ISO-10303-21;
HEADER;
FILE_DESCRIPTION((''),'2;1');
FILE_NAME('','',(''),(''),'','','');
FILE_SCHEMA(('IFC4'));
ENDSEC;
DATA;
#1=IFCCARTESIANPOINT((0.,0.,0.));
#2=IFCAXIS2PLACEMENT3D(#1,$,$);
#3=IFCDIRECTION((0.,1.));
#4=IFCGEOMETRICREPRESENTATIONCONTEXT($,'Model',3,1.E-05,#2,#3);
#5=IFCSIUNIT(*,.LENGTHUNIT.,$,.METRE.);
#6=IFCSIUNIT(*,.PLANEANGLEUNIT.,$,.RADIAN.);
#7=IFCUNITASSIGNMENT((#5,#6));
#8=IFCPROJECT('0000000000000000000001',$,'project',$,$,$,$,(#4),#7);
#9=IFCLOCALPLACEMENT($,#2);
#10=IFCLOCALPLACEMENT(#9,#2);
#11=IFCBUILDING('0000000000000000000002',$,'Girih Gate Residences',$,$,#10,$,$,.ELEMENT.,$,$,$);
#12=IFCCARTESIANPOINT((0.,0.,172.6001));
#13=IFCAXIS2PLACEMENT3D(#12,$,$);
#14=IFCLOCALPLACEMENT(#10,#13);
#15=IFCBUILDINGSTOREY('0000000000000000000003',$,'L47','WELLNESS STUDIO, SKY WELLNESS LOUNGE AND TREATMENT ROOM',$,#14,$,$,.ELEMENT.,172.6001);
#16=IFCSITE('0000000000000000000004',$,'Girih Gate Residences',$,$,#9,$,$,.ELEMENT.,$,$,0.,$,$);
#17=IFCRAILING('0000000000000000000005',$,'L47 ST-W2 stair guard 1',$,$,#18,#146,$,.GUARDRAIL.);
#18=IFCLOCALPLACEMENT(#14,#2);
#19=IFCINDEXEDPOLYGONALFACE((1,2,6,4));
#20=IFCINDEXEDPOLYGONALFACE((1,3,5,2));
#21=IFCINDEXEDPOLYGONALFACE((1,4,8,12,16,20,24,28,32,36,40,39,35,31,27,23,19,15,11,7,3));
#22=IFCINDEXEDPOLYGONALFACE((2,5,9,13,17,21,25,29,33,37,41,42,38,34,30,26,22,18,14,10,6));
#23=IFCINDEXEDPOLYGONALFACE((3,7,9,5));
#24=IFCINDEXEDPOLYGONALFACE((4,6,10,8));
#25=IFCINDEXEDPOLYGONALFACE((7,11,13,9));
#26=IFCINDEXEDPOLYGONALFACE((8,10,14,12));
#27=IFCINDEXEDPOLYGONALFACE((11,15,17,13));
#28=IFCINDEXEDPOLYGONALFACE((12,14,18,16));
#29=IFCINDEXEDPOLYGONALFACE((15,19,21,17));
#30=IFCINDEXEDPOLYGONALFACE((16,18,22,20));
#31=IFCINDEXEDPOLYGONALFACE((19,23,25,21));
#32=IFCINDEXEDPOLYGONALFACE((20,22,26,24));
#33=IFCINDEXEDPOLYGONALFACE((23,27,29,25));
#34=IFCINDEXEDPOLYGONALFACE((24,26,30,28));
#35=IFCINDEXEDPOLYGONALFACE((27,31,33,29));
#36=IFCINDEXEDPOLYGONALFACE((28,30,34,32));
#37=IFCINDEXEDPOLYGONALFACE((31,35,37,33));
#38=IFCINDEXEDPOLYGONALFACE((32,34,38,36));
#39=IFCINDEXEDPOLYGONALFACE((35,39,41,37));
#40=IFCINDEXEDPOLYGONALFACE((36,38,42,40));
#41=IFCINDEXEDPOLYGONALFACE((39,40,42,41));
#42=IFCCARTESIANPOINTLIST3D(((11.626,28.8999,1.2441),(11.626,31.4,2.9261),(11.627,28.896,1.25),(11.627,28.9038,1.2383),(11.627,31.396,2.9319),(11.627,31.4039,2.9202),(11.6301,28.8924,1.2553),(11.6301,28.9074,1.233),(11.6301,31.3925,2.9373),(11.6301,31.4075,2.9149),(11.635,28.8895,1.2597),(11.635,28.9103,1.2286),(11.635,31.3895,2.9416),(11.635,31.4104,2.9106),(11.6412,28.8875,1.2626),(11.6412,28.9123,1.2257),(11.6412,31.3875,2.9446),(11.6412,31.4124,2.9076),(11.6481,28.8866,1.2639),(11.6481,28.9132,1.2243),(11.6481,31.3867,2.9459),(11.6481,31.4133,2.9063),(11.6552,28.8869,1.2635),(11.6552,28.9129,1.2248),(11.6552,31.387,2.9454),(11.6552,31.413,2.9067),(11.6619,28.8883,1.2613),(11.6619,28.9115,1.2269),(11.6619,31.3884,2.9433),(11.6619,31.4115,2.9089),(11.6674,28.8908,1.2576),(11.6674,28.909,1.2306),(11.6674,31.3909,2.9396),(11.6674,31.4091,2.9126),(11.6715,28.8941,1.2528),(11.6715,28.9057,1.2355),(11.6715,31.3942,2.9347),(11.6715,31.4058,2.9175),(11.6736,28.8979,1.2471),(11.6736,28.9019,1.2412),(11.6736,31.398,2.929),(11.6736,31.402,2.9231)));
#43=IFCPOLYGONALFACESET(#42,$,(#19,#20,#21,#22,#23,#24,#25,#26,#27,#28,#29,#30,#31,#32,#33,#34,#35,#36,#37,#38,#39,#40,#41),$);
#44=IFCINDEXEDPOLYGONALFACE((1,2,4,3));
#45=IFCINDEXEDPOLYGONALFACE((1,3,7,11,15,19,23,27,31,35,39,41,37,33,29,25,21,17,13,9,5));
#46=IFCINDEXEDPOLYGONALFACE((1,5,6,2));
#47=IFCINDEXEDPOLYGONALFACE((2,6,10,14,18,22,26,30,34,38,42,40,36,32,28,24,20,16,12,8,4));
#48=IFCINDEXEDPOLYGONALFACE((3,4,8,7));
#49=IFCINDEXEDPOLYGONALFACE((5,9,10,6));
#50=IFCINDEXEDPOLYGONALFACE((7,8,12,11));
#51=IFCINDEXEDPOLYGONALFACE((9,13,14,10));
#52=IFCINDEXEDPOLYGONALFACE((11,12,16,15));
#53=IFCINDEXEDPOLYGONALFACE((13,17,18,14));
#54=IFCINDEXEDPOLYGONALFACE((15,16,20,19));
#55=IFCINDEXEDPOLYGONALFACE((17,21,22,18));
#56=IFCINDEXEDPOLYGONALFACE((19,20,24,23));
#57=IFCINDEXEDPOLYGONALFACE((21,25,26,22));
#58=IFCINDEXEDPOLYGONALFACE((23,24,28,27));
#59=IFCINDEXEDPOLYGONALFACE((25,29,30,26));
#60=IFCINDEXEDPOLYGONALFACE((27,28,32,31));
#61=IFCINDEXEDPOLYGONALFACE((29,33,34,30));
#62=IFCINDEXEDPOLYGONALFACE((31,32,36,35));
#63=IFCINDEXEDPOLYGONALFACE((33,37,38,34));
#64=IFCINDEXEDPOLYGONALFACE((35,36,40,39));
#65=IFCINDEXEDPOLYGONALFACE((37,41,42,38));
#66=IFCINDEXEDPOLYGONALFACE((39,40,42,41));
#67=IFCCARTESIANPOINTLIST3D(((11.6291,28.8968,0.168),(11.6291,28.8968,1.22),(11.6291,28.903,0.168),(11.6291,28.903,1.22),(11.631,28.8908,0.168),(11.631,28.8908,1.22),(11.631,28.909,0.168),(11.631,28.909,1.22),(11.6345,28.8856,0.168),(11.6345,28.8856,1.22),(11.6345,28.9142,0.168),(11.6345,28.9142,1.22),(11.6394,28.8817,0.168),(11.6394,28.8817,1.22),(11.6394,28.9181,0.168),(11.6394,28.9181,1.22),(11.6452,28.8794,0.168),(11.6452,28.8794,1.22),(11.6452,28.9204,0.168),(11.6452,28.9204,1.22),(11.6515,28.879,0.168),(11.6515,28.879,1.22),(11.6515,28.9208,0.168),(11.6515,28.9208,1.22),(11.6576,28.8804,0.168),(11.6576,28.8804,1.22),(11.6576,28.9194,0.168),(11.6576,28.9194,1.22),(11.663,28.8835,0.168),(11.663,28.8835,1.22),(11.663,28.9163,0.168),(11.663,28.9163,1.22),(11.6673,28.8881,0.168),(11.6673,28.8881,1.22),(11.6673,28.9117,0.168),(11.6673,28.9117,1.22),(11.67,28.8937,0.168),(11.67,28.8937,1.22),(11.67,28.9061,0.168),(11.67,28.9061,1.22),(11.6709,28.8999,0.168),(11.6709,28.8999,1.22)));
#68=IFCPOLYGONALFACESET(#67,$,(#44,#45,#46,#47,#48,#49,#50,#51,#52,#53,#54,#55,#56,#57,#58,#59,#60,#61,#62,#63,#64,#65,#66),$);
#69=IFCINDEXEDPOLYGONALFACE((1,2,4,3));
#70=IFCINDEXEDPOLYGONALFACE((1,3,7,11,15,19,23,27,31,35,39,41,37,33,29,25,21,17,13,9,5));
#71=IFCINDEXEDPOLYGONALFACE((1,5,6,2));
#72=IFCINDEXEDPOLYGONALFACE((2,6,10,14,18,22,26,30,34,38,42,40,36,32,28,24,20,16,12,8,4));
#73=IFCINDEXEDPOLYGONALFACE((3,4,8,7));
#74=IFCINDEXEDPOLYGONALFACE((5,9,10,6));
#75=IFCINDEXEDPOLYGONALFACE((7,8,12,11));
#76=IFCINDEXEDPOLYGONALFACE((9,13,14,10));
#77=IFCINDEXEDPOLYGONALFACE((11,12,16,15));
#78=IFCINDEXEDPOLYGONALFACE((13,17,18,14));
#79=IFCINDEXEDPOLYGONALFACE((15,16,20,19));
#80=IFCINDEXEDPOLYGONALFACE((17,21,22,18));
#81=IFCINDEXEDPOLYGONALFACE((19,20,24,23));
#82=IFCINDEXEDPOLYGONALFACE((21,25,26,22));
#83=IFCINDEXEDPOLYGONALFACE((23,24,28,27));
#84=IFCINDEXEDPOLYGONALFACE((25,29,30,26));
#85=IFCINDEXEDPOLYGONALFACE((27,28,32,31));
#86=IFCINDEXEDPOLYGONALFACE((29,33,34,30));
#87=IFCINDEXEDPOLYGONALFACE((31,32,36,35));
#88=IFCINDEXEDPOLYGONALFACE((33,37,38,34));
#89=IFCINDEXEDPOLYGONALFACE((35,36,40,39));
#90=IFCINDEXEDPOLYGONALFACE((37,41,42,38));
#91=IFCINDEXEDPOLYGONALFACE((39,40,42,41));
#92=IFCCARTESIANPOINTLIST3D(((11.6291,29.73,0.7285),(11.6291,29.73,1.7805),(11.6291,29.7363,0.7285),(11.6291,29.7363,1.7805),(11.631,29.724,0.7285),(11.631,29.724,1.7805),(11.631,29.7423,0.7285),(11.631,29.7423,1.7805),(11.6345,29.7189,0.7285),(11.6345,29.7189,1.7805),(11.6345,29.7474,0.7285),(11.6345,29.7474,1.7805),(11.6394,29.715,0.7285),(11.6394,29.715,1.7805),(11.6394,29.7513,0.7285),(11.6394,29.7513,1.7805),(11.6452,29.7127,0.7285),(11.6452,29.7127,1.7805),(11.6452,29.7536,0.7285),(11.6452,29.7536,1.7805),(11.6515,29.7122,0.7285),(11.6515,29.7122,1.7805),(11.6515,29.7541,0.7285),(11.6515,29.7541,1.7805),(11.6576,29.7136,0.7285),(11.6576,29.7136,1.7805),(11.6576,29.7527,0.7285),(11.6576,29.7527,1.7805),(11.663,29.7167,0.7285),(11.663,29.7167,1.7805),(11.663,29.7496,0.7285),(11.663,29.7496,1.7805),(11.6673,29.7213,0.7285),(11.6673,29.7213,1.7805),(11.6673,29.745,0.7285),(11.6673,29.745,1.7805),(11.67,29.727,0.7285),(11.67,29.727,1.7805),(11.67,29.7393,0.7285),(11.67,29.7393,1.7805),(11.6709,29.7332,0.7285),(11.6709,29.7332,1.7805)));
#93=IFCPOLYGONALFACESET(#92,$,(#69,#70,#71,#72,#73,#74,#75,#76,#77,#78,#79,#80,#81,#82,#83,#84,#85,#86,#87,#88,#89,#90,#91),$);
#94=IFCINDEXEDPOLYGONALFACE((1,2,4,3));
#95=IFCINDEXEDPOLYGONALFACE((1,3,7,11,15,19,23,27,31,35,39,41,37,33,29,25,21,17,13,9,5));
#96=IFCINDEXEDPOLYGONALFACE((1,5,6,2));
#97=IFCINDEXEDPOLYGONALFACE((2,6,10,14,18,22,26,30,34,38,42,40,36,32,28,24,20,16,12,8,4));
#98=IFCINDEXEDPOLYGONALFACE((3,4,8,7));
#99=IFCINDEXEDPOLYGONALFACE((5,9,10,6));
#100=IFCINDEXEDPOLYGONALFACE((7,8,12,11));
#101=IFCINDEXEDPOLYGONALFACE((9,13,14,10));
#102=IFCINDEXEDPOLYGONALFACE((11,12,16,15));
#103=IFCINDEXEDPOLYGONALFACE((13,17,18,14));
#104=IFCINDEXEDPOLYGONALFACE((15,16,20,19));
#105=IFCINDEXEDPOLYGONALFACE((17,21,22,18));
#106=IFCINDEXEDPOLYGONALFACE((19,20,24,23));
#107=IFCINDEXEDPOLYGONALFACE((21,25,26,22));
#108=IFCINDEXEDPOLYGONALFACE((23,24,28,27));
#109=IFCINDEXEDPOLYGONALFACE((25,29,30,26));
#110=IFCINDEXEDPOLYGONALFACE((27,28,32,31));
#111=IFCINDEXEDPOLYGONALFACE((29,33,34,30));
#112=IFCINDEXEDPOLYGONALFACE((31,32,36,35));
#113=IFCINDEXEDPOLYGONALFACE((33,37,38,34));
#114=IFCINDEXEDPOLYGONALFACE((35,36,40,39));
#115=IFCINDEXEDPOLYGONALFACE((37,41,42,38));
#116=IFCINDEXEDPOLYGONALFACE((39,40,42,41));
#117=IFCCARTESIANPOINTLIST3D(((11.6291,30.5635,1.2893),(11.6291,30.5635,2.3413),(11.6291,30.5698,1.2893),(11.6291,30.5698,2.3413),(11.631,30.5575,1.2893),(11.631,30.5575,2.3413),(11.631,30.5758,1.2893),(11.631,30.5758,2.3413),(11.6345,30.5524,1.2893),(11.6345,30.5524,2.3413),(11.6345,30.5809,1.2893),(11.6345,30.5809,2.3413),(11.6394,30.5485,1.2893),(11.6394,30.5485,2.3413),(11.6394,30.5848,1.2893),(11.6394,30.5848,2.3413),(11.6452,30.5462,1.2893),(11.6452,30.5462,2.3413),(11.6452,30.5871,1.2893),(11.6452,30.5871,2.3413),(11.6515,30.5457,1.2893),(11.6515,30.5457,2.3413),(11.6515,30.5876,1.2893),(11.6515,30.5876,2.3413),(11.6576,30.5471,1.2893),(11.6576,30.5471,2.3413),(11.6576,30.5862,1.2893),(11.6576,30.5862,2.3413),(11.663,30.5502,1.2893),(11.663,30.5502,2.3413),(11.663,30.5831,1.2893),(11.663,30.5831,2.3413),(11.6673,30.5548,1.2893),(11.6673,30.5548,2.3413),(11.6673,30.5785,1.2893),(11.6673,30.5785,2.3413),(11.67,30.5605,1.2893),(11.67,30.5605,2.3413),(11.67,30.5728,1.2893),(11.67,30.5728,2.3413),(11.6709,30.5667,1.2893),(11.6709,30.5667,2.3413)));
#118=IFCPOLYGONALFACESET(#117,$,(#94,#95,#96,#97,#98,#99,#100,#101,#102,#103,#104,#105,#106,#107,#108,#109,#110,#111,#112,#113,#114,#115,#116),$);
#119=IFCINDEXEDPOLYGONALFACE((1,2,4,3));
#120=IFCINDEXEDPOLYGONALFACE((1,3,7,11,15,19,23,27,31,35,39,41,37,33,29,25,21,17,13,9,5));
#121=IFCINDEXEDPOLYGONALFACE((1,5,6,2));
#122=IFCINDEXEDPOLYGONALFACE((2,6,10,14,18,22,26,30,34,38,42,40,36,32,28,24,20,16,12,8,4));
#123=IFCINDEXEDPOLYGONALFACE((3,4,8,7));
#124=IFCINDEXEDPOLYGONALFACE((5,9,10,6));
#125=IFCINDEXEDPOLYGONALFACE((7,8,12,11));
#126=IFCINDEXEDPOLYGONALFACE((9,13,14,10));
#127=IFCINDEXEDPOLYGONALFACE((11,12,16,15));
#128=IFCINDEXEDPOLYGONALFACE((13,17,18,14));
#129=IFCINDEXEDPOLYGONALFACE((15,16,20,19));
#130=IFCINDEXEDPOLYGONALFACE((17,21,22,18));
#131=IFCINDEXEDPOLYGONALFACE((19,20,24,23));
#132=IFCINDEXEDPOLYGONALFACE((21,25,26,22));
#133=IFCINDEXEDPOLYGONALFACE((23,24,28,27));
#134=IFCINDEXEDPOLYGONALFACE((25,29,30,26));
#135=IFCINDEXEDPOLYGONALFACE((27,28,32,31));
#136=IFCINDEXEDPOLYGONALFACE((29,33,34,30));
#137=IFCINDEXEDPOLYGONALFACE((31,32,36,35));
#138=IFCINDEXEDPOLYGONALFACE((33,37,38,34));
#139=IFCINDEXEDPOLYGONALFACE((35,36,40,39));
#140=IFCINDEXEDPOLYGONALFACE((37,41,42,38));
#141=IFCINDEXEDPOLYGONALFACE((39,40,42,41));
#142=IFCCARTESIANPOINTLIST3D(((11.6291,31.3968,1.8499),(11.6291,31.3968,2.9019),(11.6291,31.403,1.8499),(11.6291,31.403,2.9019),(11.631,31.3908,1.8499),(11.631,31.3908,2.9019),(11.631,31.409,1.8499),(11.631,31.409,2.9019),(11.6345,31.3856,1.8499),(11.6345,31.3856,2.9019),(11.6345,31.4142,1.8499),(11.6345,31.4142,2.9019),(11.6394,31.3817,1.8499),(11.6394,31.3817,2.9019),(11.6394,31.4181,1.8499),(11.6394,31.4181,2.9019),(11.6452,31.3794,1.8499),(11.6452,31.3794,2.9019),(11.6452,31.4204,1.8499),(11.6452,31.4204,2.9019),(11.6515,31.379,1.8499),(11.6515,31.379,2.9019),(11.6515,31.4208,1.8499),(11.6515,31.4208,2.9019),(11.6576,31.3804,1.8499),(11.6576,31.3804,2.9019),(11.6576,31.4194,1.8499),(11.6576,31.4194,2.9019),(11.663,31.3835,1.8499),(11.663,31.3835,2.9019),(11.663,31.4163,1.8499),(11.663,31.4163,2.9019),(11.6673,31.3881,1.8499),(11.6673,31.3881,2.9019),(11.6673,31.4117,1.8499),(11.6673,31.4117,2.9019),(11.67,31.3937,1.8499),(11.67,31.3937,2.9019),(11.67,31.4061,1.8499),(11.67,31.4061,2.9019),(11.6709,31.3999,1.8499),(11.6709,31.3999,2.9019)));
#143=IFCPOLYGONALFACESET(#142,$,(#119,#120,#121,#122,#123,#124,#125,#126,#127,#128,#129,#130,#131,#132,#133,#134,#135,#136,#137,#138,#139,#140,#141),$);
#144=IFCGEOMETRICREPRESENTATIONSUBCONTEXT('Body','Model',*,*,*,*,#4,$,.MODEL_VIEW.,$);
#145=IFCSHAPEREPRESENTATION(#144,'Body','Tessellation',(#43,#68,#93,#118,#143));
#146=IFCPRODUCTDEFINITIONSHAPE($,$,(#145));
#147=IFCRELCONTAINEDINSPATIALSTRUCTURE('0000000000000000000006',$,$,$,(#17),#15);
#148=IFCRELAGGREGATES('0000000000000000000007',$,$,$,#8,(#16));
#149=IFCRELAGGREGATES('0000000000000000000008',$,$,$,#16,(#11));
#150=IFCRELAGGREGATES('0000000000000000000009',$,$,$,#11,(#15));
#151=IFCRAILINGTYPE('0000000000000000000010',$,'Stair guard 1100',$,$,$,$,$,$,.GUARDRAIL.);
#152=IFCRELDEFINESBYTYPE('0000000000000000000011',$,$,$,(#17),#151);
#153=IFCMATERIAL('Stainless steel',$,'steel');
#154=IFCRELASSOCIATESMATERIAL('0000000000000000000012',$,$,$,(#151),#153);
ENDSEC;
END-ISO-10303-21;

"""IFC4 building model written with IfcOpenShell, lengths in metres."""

from ifc_helpers import new_model, si_unit, direction, frame, origin, origin_2d, place, context, subcontext, project, spatial, circle, extrude, material, type_object, element, save


model = new_model("IFC4")

# Units and contexts
model_context = context("Model", 3, precision=1e-05, world=origin(), true_north=direction((0.0, 1.0)))
body_context = subcontext(model_context, "Body", "Model", "MODEL_VIEW")
ifc_project = project(units=[si_unit("LENGTHUNIT", "METRE"), si_unit("PLANEANGLEUNIT", "RADIAN")], contexts=[model_context])

# Site, building, storey
site_placement = place(None, origin())
site = spatial("IfcSite", under=ifc_project, at=site_placement, Name="Girih Gate Residences", CompositionType="ELEMENT", RefElevation=0.0)
building_placement = place(site_placement, origin())
building = spatial("IfcBuilding", under=site, at=building_placement, Name="Girih Gate Residences", CompositionType="ELEMENT")
storey_placement = place(building_placement, frame((0.0, 0.0, 172.6001)))
storey = spatial("IfcBuildingStorey", under=building, at=storey_placement, Name="L47", Description="WELLNESS STUDIO, SKY WELLNESS LOUNGE AND TREATMENT ROOM", CompositionType="ELEMENT", Elevation=172.6001)

# Railing
ifc_material_1 = material(Name="Stainless steel", Category="steel")
railing_type_1 = type_object("IfcRailingType", Name="Stair guard 1100", PredefinedType="GUARDRAIL", material=ifc_material_1)
railing_1_placement = place(storey_placement, frame((11.6499, 28.8999, 0.168)))
element("IfcRailing", 1, at=railing_1_placement, inside=storey, type_object=railing_type_1, Name="L47 ST-W2 stair guard 1", PredefinedType="GUARDRAIL", context=body_context, shape_type="SweptSolid", body=[
    extrude(circle(Radius=0.0239, at=origin_2d()), frame((0.0, 0.0, 1.0762), z_axis=(0.0, 0.829712, 0.558192), x_axis=(-1.0, 0.0, 0.0)), (0.0, 0.0, 1.0), 3.0132),
    extrude(circle(Radius=0.021, at=origin_2d()), origin(), (0.0, 0.0, 1.0), 1.052),
    extrude(circle(Radius=0.021, at=origin_2d()), frame((0.0, 0.8333, 0.5605)), (0.0, 0.0, 1.0), 1.052),
    extrude(circle(Radius=0.021, at=origin_2d()), frame((0.0, 1.6667, 1.1213)), (0.0, 0.0, 1.0), 1.052),
    extrude(circle(Radius=0.021, at=origin_2d()), frame((0.0, 2.5, 1.6819)), (0.0, 0.0, 1.0), 1.052),
])

save(model, "model.ifc")
